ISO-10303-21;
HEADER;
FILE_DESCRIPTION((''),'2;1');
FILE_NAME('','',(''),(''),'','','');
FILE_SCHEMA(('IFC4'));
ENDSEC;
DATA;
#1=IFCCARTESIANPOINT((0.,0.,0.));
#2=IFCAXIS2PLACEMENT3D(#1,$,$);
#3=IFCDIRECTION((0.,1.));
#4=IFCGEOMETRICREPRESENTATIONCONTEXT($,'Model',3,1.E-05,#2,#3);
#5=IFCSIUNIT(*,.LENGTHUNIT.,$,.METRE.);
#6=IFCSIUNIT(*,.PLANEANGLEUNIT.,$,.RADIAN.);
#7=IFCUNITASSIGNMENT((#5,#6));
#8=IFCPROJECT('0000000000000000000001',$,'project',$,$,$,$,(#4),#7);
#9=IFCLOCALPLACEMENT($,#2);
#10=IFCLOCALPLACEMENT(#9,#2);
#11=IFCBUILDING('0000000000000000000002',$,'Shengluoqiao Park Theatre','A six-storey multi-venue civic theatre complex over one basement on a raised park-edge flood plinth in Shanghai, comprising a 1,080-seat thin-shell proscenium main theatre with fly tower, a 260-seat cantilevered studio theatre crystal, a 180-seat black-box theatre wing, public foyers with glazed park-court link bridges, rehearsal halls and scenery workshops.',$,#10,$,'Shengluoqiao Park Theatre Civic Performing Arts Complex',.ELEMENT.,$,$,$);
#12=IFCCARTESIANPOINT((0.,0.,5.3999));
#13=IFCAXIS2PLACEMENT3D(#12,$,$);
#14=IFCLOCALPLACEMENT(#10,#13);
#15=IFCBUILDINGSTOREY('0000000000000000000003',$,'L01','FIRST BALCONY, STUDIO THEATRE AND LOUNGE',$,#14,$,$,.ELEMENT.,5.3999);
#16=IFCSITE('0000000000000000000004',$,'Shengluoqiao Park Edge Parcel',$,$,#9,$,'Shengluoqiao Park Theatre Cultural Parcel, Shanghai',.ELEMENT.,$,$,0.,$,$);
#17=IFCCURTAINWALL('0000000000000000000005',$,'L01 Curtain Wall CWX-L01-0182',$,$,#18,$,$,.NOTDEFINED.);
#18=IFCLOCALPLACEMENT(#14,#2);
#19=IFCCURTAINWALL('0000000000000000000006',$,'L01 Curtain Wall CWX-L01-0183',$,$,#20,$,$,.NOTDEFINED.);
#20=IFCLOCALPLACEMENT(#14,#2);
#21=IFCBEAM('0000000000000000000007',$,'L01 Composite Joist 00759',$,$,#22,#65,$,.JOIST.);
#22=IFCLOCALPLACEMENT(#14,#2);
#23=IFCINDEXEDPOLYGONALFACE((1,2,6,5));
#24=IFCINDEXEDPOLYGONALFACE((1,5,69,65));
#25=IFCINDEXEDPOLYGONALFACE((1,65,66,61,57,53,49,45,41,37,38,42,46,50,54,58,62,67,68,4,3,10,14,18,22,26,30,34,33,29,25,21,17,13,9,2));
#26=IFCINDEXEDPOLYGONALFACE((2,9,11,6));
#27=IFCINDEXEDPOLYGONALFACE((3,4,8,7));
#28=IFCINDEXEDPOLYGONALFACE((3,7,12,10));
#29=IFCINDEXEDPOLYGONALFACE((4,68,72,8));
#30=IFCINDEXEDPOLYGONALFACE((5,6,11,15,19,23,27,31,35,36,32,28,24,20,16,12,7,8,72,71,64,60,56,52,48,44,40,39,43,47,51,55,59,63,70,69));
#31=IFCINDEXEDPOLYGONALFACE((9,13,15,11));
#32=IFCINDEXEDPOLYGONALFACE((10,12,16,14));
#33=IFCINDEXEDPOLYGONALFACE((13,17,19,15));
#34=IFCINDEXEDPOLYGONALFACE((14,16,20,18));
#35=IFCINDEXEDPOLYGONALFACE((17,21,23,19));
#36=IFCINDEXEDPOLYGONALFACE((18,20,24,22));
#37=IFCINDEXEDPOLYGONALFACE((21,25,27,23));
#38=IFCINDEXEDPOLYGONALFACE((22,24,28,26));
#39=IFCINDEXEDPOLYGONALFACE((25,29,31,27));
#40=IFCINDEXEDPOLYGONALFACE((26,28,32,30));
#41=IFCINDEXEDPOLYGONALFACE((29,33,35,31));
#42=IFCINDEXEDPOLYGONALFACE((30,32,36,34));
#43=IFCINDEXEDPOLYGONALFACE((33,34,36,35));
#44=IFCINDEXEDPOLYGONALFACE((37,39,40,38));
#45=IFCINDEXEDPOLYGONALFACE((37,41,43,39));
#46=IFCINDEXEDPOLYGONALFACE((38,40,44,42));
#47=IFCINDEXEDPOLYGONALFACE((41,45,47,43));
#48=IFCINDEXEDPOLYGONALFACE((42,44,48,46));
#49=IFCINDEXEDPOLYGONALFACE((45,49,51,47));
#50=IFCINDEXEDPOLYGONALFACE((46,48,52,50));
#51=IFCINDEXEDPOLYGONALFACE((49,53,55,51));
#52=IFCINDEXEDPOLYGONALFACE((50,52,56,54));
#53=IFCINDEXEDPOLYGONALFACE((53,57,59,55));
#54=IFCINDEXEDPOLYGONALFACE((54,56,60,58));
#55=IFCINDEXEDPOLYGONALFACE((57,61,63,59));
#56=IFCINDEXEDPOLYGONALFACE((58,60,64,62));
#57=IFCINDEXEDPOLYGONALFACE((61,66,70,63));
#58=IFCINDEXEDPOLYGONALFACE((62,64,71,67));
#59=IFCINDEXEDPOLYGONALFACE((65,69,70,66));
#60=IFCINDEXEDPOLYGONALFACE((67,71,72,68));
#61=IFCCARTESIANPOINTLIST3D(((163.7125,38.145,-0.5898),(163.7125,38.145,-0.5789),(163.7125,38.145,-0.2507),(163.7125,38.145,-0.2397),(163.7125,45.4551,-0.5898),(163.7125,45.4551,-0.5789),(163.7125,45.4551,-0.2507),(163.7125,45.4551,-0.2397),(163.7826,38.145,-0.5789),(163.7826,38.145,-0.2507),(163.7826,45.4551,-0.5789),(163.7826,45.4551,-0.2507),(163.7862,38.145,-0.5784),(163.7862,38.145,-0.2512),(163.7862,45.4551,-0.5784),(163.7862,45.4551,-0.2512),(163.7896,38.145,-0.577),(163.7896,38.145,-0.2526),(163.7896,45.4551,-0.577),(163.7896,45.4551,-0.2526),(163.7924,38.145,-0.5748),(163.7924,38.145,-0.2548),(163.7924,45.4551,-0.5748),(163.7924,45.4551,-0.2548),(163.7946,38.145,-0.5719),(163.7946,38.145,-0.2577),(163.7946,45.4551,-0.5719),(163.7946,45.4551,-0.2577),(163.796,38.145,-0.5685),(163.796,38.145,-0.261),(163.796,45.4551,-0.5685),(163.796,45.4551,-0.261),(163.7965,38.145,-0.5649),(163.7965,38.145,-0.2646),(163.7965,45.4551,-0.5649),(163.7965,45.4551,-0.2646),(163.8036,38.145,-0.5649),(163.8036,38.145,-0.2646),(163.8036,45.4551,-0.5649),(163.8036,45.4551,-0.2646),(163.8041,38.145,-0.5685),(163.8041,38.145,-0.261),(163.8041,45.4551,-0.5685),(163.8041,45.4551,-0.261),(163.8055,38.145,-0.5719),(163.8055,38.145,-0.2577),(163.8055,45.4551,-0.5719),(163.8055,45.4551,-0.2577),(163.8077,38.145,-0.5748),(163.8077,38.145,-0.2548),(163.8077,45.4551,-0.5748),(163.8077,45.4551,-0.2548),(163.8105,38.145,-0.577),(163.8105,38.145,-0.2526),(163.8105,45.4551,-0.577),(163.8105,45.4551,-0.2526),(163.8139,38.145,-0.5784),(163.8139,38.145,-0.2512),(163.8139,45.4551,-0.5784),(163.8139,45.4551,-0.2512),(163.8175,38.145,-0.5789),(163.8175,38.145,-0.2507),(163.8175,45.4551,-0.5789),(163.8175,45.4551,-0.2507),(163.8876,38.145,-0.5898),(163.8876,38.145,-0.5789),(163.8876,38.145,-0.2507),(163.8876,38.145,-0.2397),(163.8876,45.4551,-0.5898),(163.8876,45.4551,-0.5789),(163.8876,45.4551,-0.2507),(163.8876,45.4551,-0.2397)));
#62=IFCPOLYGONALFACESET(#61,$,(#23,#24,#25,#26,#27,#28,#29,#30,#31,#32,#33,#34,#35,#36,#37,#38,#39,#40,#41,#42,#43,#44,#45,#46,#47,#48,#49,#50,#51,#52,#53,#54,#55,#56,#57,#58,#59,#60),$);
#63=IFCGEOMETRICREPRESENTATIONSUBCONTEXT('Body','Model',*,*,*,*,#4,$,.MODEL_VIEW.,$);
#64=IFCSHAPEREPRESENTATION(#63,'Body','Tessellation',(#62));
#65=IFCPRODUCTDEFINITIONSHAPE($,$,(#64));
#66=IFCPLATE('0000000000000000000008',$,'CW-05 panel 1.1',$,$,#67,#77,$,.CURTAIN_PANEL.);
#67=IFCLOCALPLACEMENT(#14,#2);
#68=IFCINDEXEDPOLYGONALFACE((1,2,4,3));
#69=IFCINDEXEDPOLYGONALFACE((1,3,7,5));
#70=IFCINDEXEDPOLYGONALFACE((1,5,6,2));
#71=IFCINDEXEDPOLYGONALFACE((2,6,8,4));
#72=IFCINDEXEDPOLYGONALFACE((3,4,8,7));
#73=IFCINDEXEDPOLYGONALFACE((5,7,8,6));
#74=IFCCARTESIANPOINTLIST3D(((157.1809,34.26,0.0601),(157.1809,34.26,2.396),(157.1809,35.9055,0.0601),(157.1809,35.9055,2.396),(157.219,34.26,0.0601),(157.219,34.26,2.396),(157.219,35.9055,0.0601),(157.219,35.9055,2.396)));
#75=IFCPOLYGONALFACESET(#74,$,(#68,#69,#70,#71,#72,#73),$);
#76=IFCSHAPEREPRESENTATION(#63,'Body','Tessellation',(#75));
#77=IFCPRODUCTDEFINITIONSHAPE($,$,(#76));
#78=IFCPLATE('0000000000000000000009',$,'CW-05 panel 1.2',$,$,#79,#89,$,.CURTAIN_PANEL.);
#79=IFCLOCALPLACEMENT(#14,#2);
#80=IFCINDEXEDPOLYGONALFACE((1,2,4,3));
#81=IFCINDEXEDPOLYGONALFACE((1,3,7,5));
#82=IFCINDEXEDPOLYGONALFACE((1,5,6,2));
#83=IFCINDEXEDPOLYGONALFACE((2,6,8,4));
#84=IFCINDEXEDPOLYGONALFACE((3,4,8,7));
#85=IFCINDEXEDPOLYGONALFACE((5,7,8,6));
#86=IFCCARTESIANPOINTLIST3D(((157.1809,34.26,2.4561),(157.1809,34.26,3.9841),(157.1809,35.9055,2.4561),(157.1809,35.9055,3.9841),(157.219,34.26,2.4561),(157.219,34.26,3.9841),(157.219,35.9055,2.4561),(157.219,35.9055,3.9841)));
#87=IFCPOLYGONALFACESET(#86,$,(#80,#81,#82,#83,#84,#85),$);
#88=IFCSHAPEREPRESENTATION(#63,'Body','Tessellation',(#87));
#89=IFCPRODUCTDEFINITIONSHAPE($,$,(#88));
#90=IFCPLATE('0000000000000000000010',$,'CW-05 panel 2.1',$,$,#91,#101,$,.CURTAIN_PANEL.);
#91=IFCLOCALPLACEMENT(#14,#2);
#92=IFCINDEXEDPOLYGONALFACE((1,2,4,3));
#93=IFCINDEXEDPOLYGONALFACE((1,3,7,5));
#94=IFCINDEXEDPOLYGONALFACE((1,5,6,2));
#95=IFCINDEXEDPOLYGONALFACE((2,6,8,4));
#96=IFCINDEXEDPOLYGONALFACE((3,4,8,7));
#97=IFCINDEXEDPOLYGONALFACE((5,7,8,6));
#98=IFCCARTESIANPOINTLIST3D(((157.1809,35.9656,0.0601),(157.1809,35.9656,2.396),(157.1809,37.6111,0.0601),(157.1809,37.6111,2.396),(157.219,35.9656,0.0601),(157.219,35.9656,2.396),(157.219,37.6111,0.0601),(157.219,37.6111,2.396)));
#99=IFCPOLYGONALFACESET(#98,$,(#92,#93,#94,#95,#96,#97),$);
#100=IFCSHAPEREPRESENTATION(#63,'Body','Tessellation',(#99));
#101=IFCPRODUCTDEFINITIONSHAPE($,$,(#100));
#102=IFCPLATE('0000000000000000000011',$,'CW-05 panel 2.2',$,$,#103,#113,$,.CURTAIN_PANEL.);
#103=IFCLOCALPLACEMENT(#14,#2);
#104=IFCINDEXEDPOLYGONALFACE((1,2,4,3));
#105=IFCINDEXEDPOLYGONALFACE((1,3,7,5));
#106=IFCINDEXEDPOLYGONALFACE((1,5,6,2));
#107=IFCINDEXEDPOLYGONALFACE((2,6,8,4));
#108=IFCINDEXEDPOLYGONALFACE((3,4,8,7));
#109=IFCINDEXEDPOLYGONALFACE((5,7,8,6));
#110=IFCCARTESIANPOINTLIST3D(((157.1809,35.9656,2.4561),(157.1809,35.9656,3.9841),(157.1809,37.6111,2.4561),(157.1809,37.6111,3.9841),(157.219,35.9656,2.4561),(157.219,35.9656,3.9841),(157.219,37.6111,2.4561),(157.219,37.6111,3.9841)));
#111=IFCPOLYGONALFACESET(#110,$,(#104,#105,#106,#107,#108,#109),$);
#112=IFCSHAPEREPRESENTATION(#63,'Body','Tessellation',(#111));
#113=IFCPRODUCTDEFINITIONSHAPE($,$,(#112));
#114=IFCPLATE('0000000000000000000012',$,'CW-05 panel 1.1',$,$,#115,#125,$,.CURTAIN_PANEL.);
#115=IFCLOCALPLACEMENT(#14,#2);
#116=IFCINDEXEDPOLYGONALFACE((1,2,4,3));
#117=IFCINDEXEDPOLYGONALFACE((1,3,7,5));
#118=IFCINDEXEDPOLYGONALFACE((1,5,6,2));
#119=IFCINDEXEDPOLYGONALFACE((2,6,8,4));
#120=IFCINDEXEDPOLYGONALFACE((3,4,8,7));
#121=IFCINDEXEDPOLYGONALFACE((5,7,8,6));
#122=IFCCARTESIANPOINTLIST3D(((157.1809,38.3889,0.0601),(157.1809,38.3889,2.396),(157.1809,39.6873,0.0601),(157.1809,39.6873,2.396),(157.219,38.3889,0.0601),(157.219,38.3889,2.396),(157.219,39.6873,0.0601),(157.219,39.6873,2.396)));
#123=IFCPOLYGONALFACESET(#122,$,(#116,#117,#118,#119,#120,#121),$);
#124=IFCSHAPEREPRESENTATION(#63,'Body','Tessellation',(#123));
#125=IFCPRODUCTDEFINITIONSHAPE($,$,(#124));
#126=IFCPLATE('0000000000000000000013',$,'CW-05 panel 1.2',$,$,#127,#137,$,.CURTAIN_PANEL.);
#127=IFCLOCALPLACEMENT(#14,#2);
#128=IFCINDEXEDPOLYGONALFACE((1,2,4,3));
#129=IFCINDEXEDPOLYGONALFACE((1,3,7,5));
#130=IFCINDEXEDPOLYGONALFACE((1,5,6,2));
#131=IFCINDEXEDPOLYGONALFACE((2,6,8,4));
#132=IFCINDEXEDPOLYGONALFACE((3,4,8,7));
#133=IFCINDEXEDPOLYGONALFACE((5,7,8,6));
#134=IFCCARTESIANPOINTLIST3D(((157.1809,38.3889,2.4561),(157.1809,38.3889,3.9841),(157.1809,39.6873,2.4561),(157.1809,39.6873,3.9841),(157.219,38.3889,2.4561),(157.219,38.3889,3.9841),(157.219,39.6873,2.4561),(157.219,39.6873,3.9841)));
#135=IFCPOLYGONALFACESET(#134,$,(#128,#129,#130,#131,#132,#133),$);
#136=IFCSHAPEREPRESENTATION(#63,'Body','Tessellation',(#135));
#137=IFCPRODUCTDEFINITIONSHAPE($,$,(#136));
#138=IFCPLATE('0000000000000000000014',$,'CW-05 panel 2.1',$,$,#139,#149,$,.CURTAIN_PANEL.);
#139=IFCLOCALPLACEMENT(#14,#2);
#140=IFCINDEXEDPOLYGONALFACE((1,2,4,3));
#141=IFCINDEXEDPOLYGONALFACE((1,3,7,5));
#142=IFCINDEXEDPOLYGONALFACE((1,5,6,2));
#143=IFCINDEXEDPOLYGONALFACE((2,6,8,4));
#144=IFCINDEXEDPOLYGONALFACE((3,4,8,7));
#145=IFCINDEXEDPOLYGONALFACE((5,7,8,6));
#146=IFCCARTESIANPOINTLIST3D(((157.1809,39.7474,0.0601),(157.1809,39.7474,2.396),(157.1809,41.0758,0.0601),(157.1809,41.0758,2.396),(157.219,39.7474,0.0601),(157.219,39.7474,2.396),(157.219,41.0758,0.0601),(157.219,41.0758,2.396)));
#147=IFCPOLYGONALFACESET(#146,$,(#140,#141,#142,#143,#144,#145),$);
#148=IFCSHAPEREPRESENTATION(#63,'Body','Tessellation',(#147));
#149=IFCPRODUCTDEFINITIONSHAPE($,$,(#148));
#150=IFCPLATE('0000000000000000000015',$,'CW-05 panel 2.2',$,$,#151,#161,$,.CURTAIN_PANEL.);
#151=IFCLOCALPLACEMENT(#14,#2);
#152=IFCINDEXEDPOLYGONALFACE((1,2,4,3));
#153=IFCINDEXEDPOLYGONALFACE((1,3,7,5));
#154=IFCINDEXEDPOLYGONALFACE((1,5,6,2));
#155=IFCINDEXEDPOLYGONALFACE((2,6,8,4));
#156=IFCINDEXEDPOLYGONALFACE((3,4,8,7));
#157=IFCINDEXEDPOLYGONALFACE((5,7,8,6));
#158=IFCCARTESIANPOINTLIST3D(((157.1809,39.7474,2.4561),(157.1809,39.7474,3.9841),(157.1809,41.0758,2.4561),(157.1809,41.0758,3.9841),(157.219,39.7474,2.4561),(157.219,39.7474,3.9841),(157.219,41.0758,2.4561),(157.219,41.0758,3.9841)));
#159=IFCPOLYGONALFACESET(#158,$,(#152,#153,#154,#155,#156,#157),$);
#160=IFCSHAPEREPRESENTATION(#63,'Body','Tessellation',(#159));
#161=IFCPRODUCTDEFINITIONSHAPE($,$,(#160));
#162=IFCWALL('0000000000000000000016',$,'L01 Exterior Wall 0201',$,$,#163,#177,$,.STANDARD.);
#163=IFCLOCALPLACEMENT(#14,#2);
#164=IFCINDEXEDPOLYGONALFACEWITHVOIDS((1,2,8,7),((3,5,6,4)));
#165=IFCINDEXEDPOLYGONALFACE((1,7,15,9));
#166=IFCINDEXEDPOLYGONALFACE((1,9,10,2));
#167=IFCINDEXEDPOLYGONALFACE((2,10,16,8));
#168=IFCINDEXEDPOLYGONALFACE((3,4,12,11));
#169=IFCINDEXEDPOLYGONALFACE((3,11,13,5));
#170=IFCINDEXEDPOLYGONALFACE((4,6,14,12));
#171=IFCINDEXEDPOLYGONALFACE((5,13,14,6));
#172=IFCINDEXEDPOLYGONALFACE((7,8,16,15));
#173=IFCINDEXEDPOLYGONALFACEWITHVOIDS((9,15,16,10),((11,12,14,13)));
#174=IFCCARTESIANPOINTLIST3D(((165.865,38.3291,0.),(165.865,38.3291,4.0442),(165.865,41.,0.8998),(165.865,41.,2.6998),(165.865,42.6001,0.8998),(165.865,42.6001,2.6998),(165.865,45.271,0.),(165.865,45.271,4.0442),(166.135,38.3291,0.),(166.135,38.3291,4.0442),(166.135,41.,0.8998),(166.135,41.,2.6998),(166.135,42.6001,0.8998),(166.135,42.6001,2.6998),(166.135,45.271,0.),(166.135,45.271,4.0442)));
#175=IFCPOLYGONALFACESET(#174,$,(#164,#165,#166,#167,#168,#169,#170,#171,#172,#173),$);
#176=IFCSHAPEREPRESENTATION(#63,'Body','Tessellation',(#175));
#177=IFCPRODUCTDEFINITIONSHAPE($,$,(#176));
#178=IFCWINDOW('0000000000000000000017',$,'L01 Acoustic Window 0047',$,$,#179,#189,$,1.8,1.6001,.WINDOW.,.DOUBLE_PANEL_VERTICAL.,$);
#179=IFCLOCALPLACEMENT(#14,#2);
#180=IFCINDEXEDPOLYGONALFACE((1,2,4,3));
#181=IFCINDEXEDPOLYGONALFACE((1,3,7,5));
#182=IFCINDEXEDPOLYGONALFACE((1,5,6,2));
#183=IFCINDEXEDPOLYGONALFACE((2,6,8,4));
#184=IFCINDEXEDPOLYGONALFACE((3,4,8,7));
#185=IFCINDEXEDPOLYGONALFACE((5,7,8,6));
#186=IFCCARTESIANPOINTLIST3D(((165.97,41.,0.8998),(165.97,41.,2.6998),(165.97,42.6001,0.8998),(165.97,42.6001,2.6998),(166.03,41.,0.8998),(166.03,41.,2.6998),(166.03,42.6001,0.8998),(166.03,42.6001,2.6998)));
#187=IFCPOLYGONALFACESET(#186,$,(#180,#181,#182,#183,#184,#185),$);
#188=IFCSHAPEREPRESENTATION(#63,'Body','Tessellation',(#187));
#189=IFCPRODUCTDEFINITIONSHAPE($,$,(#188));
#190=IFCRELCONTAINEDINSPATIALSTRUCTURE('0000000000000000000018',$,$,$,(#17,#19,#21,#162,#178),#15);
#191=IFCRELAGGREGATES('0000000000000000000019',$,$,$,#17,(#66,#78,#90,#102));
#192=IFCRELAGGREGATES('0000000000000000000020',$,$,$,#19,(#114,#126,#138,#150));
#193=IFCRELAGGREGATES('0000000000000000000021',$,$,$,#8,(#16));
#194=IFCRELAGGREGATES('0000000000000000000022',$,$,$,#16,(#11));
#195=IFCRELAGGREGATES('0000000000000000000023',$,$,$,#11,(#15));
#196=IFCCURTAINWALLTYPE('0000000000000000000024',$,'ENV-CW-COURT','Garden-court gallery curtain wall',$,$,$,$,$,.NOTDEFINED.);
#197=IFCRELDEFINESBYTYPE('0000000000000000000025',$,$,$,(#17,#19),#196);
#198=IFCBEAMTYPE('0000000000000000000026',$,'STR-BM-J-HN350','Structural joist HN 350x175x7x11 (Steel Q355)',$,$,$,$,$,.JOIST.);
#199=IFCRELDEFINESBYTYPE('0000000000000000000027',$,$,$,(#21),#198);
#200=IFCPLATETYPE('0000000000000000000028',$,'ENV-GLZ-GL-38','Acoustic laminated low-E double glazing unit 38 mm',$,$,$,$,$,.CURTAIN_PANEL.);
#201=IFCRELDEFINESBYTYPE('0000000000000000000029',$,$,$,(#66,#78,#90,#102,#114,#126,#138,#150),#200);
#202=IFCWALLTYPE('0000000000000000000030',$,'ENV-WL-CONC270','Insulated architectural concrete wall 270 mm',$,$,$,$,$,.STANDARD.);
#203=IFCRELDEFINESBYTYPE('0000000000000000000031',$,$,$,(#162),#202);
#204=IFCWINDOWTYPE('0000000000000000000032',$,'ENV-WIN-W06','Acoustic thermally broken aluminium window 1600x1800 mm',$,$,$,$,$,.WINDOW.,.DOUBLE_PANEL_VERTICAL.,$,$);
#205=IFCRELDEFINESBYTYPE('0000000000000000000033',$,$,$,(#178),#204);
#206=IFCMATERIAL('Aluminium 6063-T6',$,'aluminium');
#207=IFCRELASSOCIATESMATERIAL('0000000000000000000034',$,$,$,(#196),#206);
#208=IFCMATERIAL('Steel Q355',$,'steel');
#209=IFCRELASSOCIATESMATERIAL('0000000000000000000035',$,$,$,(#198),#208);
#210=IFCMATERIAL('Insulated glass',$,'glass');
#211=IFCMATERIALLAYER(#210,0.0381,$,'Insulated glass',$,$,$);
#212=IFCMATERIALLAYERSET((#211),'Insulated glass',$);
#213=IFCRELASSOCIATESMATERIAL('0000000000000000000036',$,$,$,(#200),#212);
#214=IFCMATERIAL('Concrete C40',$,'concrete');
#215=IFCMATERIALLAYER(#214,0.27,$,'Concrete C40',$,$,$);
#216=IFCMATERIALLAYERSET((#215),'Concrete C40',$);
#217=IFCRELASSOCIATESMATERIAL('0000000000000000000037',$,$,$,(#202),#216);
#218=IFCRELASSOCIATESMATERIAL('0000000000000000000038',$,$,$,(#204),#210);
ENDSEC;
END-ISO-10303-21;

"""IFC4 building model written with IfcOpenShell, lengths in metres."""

from ifc_helpers import new_model, si_unit, direction, frame, frame_2d, origin, origin_2d, place, context, subcontext, project, spatial, rectangle, i_section, extrude, material, layer, layer_set, material_profile, profile_set, type_object, element, fill, aggregate, save


model = new_model("IFC4")

# Units and contexts
model_context = context("Model", 3, precision=1e-05, world=origin(), true_north=direction((0.0, 1.0)))
body_context = subcontext(model_context, "Body", "Model", "MODEL_VIEW")
ifc_project = project(units=[si_unit("LENGTHUNIT", "METRE"), si_unit("PLANEANGLEUNIT", "RADIAN")], contexts=[model_context])

# Site, building, storey
site_placement = place(None, origin())
site = spatial("IfcSite", under=ifc_project, at=site_placement, Name="Shengluoqiao Park Edge Parcel", LongName="Shengluoqiao Park Theatre Cultural Parcel, Shanghai", CompositionType="ELEMENT", RefElevation=0.0)
building_placement = place(site_placement, origin())
building = spatial("IfcBuilding", under=site, at=building_placement, Name="Shengluoqiao Park Theatre", Description="A six-storey multi-venue civic theatre complex over one basement on a raised park-edge flood plinth in Shanghai, comprising a 1,080-seat thin-shell proscenium main theatre with fly tower, a 260-seat cantilevered studio theatre crystal, a 180-seat black-box theatre wing, public foyers with glazed park-court link bridges, rehearsal halls and scenery workshops.", LongName="Shengluoqiao Park Theatre Civic Performing Arts Complex", CompositionType="ELEMENT")
storey_placement = place(building_placement, frame((0.0, 0.0, 5.3999)))
storey = spatial("IfcBuildingStorey", under=building, at=storey_placement, Name="L01", Description="FIRST BALCONY, STUDIO THEATRE AND LOUNGE", CompositionType="ELEMENT", Elevation=5.3999)

# Shared definitions
ifc_material_1 = material(Name="Concrete C40", Category="concrete")

# Curtain walls
ifc_material_2 = material(Name="Aluminium 6063-T6", Category="aluminium")
curtain_wall_type = type_object("IfcCurtainWallType", Name="ENV-CW-COURT", Description="Garden-court gallery curtain wall", PredefinedType="NOTDEFINED", material=ifc_material_2)
curtain_wall_1_placement = place(storey_placement, origin())
curtain_wall_1 = element("IfcCurtainWall", 1, at=curtain_wall_1_placement, inside=storey, type_object=curtain_wall_type, Name="L01 Curtain Wall CWX-L01-0182", PredefinedType="NOTDEFINED")
curtain_wall_2_placement = place(storey_placement, origin())
curtain_wall_2 = element("IfcCurtainWall", 2, at=curtain_wall_2_placement, inside=storey, type_object=curtain_wall_type, Name="L01 Curtain Wall CWX-L01-0183", PredefinedType="NOTDEFINED")

# Beam
ifc_material_3 = material(Name="Steel Q355", Category="steel")
ifc_material_profile_1 = material_profile(ifc_material_3, i_section(OverallWidth=0.175, OverallDepth=0.3501, WebThickness=0.0071, FlangeThickness=0.011, FilletRadius=0.0139, at=origin_2d()), Name="HN 350x175x7x11")
ifc_profile_set_1 = profile_set([ifc_material_profile_1], Name="Steel Q355")
beam_type_1 = type_object("IfcBeamType", Name="STR-BM-J-HN350", Description="Structural joist HN 350x175x7x11 (Steel Q355)", PredefinedType="JOIST", material=ifc_profile_set_1)
for number, where, z_axis, x_axis, name in (
    (3, (163.8, 38.145, -0.4148), (0.0, 1.0, 0.0), (-1.0, 0.0, 0.0), "L01 Composite Joist 00759"),
):
    element("IfcBeam", number, at=place(storey_placement, frame(where, z_axis=z_axis, x_axis=x_axis)), inside=storey, type_object=beam_type_1, Name=name, PredefinedType="JOIST", context=body_context, shape_type="SweptSolid", body=[
        extrude(i_section(OverallWidth=0.175, OverallDepth=0.3501, WebThickness=0.0071, FlangeThickness=0.011, FilletRadius=0.0139, at=origin_2d()), origin(), (0.0, 0.0, 1.0), 7.3101),
    ])

# Plates
ifc_material_4 = material(Name="Insulated glass", Category="glass")
ifc_layer_1 = layer(ifc_material_4, 0.0381, Name="Insulated glass")
ifc_layer_set_1 = layer_set([ifc_layer_1], Name="Insulated glass")
plate_type = type_object("IfcPlateType", Name="ENV-GLZ-GL-38", Description="Acoustic laminated low-E double glazing unit 38 mm", PredefinedType="CURTAIN_PANEL", material=ifc_layer_set_1)
plate_1_placement = place(storey_placement, frame((157.2, 35.0828, 0.0601), z_axis=(0.0, 0.0, 1.0), x_axis=(0.0, 1.0, 0.0)))
plate_1 = element("IfcPlate", 4, at=plate_1_placement, type_object=plate_type, Name="CW-05 panel 1.1", PredefinedType="CURTAIN_PANEL", context=body_context, shape_type="SweptSolid", body=[
    extrude(rectangle(XDim=1.6455, YDim=0.0381, at=origin_2d()), origin(), (0.0, 0.0, 1.0), 2.3359),
])
plate_2_placement = place(storey_placement, frame((157.2, 35.0828, 2.4561), z_axis=(0.0, 0.0, 1.0), x_axis=(0.0, 1.0, 0.0)))
plate_2 = element("IfcPlate", 5, at=plate_2_placement, type_object=plate_type, Name="CW-05 panel 1.2", PredefinedType="CURTAIN_PANEL", context=body_context, shape_type="SweptSolid", body=[
    extrude(rectangle(XDim=1.6455, YDim=0.0381, at=origin_2d()), origin(), (0.0, 0.0, 1.0), 1.5281),
])
plate_3_placement = place(storey_placement, frame((157.2, 36.7883, 0.0601), z_axis=(0.0, 0.0, 1.0), x_axis=(0.0, 1.0, 0.0)))
plate_3 = element("IfcPlate", 6, at=plate_3_placement, type_object=plate_type, Name="CW-05 panel 2.1", PredefinedType="CURTAIN_PANEL", context=body_context, shape_type="SweptSolid", body=[
    extrude(rectangle(XDim=1.6455, YDim=0.0381, at=origin_2d()), origin(), (0.0, 0.0, 1.0), 2.3359),
])
plate_4_placement = place(storey_placement, frame((157.2, 36.7883, 2.4561), z_axis=(0.0, 0.0, 1.0), x_axis=(0.0, 1.0, 0.0)))
plate_4 = element("IfcPlate", 7, at=plate_4_placement, type_object=plate_type, Name="CW-05 panel 2.2", PredefinedType="CURTAIN_PANEL", context=body_context, shape_type="SweptSolid", body=[
    extrude(rectangle(XDim=1.6455, YDim=0.0381, at=origin_2d()), origin(), (0.0, 0.0, 1.0), 1.5281),
])
aggregate(curtain_wall_1, [plate_1, plate_2, plate_3, plate_4])
plate_5_placement = place(storey_placement, frame((157.2, 39.0381, 0.0601), z_axis=(0.0, 0.0, 1.0), x_axis=(0.0, 1.0, 0.0)))
plate_5 = element("IfcPlate", 8, at=plate_5_placement, type_object=plate_type, Name="CW-05 panel 1.1", PredefinedType="CURTAIN_PANEL", context=body_context, shape_type="SweptSolid", body=[
    extrude(rectangle(XDim=1.2983, YDim=0.0381, at=origin_2d()), origin(), (0.0, 0.0, 1.0), 2.3359),
])
plate_6_placement = place(storey_placement, frame((157.2, 39.0381, 2.4561), z_axis=(0.0, 0.0, 1.0), x_axis=(0.0, 1.0, 0.0)))
plate_6 = element("IfcPlate", 9, at=plate_6_placement, type_object=plate_type, Name="CW-05 panel 1.2", PredefinedType="CURTAIN_PANEL", context=body_context, shape_type="SweptSolid", body=[
    extrude(rectangle(XDim=1.2983, YDim=0.0381, at=origin_2d()), origin(), (0.0, 0.0, 1.0), 1.5281),
])
plate_7_placement = place(storey_placement, frame((157.2, 40.4116, 0.0601), z_axis=(0.0, 0.0, 1.0), x_axis=(0.0, 1.0, 0.0)))
plate_7 = element("IfcPlate", 10, at=plate_7_placement, type_object=plate_type, Name="CW-05 panel 2.1", PredefinedType="CURTAIN_PANEL", context=body_context, shape_type="SweptSolid", body=[
    extrude(rectangle(XDim=1.3284, YDim=0.0381, at=origin_2d()), origin(), (0.0, 0.0, 1.0), 2.3359),
])
plate_8_placement = place(storey_placement, frame((157.2, 40.4116, 2.4561), z_axis=(0.0, 0.0, 1.0), x_axis=(0.0, 1.0, 0.0)))
plate_8 = element("IfcPlate", 11, at=plate_8_placement, type_object=plate_type, Name="CW-05 panel 2.2", PredefinedType="CURTAIN_PANEL", context=body_context, shape_type="SweptSolid", body=[
    extrude(rectangle(XDim=1.3284, YDim=0.0381, at=origin_2d()), origin(), (0.0, 0.0, 1.0), 1.5281),
])
aggregate(curtain_wall_2, [plate_5, plate_6, plate_7, plate_8])

# Wall, opening, window
ifc_layer_2 = layer(ifc_material_1, 0.27, Name="Concrete C40")
ifc_layer_set_2 = layer_set([ifc_layer_2], Name="Concrete C40")
wall_type = type_object("IfcWallType", Name="ENV-WL-CONC270", Description="Insulated architectural concrete wall 270 mm", PredefinedType="STANDARD", material=ifc_layer_set_2)
wall_placement = place(storey_placement, frame((166.0, 38.3291, 0.0), z_axis=(0.0, 0.0, 1.0), x_axis=(0.0, 1.0, 0.0)))
wall = element("IfcWall", 12, at=wall_placement, inside=storey, type_object=wall_type, Name="L01 Exterior Wall 0201", PredefinedType="STANDARD", context=body_context, shape_type="SweptSolid", body=[
    extrude(rectangle(XDim=6.9419, YDim=0.27, at=frame_2d((3.4709, 0.0))), origin(), (0.0, 0.0, 1.0), 4.0442),
])
opening_placement = place(wall_placement, frame((2.6709, 0.0, 0.8999)))
opening = element("IfcOpeningElement", 13, at=opening_placement, cuts=wall, PredefinedType="OPENING", context=body_context, shape_type="SweptSolid", body=[
    extrude(rectangle(XDim=1.6001, YDim=1.8, at=frame_2d((0.8, 0.8999))), frame((0.0, 0.145, 0.0), z_axis=(0.0, -1.0, 0.0), x_axis=(1.0, 0.0, 0.0)), (0.0, 0.0, 1.0), 0.29),
])
window_type = type_object("IfcWindowType", Name="ENV-WIN-W06", Description="Acoustic thermally broken aluminium window 1600x1800 mm", PartitioningType="DOUBLE_PANEL_VERTICAL", PredefinedType="WINDOW", material=ifc_material_4)
window_placement = place(opening_placement, origin())
window = element("IfcWindow", 14, at=window_placement, inside=storey, type_object=window_type, Name="L01 Acoustic Window 0047", OverallHeight=1.8, OverallWidth=1.6001, PartitioningType="DOUBLE_PANEL_VERTICAL", PredefinedType="WINDOW", context=body_context, shape_type="SweptSolid", body=[
    extrude(rectangle(XDim=1.6001, YDim=1.8, at=frame_2d((0.8, 0.8999))), frame((0.0, 0.03, 0.0), z_axis=(0.0, -1.0, 0.0), x_axis=(1.0, 0.0, 0.0)), (0.0, 0.0, 1.0), 0.0601),
])
fill(opening, window)

save(model, "model.ifc")
